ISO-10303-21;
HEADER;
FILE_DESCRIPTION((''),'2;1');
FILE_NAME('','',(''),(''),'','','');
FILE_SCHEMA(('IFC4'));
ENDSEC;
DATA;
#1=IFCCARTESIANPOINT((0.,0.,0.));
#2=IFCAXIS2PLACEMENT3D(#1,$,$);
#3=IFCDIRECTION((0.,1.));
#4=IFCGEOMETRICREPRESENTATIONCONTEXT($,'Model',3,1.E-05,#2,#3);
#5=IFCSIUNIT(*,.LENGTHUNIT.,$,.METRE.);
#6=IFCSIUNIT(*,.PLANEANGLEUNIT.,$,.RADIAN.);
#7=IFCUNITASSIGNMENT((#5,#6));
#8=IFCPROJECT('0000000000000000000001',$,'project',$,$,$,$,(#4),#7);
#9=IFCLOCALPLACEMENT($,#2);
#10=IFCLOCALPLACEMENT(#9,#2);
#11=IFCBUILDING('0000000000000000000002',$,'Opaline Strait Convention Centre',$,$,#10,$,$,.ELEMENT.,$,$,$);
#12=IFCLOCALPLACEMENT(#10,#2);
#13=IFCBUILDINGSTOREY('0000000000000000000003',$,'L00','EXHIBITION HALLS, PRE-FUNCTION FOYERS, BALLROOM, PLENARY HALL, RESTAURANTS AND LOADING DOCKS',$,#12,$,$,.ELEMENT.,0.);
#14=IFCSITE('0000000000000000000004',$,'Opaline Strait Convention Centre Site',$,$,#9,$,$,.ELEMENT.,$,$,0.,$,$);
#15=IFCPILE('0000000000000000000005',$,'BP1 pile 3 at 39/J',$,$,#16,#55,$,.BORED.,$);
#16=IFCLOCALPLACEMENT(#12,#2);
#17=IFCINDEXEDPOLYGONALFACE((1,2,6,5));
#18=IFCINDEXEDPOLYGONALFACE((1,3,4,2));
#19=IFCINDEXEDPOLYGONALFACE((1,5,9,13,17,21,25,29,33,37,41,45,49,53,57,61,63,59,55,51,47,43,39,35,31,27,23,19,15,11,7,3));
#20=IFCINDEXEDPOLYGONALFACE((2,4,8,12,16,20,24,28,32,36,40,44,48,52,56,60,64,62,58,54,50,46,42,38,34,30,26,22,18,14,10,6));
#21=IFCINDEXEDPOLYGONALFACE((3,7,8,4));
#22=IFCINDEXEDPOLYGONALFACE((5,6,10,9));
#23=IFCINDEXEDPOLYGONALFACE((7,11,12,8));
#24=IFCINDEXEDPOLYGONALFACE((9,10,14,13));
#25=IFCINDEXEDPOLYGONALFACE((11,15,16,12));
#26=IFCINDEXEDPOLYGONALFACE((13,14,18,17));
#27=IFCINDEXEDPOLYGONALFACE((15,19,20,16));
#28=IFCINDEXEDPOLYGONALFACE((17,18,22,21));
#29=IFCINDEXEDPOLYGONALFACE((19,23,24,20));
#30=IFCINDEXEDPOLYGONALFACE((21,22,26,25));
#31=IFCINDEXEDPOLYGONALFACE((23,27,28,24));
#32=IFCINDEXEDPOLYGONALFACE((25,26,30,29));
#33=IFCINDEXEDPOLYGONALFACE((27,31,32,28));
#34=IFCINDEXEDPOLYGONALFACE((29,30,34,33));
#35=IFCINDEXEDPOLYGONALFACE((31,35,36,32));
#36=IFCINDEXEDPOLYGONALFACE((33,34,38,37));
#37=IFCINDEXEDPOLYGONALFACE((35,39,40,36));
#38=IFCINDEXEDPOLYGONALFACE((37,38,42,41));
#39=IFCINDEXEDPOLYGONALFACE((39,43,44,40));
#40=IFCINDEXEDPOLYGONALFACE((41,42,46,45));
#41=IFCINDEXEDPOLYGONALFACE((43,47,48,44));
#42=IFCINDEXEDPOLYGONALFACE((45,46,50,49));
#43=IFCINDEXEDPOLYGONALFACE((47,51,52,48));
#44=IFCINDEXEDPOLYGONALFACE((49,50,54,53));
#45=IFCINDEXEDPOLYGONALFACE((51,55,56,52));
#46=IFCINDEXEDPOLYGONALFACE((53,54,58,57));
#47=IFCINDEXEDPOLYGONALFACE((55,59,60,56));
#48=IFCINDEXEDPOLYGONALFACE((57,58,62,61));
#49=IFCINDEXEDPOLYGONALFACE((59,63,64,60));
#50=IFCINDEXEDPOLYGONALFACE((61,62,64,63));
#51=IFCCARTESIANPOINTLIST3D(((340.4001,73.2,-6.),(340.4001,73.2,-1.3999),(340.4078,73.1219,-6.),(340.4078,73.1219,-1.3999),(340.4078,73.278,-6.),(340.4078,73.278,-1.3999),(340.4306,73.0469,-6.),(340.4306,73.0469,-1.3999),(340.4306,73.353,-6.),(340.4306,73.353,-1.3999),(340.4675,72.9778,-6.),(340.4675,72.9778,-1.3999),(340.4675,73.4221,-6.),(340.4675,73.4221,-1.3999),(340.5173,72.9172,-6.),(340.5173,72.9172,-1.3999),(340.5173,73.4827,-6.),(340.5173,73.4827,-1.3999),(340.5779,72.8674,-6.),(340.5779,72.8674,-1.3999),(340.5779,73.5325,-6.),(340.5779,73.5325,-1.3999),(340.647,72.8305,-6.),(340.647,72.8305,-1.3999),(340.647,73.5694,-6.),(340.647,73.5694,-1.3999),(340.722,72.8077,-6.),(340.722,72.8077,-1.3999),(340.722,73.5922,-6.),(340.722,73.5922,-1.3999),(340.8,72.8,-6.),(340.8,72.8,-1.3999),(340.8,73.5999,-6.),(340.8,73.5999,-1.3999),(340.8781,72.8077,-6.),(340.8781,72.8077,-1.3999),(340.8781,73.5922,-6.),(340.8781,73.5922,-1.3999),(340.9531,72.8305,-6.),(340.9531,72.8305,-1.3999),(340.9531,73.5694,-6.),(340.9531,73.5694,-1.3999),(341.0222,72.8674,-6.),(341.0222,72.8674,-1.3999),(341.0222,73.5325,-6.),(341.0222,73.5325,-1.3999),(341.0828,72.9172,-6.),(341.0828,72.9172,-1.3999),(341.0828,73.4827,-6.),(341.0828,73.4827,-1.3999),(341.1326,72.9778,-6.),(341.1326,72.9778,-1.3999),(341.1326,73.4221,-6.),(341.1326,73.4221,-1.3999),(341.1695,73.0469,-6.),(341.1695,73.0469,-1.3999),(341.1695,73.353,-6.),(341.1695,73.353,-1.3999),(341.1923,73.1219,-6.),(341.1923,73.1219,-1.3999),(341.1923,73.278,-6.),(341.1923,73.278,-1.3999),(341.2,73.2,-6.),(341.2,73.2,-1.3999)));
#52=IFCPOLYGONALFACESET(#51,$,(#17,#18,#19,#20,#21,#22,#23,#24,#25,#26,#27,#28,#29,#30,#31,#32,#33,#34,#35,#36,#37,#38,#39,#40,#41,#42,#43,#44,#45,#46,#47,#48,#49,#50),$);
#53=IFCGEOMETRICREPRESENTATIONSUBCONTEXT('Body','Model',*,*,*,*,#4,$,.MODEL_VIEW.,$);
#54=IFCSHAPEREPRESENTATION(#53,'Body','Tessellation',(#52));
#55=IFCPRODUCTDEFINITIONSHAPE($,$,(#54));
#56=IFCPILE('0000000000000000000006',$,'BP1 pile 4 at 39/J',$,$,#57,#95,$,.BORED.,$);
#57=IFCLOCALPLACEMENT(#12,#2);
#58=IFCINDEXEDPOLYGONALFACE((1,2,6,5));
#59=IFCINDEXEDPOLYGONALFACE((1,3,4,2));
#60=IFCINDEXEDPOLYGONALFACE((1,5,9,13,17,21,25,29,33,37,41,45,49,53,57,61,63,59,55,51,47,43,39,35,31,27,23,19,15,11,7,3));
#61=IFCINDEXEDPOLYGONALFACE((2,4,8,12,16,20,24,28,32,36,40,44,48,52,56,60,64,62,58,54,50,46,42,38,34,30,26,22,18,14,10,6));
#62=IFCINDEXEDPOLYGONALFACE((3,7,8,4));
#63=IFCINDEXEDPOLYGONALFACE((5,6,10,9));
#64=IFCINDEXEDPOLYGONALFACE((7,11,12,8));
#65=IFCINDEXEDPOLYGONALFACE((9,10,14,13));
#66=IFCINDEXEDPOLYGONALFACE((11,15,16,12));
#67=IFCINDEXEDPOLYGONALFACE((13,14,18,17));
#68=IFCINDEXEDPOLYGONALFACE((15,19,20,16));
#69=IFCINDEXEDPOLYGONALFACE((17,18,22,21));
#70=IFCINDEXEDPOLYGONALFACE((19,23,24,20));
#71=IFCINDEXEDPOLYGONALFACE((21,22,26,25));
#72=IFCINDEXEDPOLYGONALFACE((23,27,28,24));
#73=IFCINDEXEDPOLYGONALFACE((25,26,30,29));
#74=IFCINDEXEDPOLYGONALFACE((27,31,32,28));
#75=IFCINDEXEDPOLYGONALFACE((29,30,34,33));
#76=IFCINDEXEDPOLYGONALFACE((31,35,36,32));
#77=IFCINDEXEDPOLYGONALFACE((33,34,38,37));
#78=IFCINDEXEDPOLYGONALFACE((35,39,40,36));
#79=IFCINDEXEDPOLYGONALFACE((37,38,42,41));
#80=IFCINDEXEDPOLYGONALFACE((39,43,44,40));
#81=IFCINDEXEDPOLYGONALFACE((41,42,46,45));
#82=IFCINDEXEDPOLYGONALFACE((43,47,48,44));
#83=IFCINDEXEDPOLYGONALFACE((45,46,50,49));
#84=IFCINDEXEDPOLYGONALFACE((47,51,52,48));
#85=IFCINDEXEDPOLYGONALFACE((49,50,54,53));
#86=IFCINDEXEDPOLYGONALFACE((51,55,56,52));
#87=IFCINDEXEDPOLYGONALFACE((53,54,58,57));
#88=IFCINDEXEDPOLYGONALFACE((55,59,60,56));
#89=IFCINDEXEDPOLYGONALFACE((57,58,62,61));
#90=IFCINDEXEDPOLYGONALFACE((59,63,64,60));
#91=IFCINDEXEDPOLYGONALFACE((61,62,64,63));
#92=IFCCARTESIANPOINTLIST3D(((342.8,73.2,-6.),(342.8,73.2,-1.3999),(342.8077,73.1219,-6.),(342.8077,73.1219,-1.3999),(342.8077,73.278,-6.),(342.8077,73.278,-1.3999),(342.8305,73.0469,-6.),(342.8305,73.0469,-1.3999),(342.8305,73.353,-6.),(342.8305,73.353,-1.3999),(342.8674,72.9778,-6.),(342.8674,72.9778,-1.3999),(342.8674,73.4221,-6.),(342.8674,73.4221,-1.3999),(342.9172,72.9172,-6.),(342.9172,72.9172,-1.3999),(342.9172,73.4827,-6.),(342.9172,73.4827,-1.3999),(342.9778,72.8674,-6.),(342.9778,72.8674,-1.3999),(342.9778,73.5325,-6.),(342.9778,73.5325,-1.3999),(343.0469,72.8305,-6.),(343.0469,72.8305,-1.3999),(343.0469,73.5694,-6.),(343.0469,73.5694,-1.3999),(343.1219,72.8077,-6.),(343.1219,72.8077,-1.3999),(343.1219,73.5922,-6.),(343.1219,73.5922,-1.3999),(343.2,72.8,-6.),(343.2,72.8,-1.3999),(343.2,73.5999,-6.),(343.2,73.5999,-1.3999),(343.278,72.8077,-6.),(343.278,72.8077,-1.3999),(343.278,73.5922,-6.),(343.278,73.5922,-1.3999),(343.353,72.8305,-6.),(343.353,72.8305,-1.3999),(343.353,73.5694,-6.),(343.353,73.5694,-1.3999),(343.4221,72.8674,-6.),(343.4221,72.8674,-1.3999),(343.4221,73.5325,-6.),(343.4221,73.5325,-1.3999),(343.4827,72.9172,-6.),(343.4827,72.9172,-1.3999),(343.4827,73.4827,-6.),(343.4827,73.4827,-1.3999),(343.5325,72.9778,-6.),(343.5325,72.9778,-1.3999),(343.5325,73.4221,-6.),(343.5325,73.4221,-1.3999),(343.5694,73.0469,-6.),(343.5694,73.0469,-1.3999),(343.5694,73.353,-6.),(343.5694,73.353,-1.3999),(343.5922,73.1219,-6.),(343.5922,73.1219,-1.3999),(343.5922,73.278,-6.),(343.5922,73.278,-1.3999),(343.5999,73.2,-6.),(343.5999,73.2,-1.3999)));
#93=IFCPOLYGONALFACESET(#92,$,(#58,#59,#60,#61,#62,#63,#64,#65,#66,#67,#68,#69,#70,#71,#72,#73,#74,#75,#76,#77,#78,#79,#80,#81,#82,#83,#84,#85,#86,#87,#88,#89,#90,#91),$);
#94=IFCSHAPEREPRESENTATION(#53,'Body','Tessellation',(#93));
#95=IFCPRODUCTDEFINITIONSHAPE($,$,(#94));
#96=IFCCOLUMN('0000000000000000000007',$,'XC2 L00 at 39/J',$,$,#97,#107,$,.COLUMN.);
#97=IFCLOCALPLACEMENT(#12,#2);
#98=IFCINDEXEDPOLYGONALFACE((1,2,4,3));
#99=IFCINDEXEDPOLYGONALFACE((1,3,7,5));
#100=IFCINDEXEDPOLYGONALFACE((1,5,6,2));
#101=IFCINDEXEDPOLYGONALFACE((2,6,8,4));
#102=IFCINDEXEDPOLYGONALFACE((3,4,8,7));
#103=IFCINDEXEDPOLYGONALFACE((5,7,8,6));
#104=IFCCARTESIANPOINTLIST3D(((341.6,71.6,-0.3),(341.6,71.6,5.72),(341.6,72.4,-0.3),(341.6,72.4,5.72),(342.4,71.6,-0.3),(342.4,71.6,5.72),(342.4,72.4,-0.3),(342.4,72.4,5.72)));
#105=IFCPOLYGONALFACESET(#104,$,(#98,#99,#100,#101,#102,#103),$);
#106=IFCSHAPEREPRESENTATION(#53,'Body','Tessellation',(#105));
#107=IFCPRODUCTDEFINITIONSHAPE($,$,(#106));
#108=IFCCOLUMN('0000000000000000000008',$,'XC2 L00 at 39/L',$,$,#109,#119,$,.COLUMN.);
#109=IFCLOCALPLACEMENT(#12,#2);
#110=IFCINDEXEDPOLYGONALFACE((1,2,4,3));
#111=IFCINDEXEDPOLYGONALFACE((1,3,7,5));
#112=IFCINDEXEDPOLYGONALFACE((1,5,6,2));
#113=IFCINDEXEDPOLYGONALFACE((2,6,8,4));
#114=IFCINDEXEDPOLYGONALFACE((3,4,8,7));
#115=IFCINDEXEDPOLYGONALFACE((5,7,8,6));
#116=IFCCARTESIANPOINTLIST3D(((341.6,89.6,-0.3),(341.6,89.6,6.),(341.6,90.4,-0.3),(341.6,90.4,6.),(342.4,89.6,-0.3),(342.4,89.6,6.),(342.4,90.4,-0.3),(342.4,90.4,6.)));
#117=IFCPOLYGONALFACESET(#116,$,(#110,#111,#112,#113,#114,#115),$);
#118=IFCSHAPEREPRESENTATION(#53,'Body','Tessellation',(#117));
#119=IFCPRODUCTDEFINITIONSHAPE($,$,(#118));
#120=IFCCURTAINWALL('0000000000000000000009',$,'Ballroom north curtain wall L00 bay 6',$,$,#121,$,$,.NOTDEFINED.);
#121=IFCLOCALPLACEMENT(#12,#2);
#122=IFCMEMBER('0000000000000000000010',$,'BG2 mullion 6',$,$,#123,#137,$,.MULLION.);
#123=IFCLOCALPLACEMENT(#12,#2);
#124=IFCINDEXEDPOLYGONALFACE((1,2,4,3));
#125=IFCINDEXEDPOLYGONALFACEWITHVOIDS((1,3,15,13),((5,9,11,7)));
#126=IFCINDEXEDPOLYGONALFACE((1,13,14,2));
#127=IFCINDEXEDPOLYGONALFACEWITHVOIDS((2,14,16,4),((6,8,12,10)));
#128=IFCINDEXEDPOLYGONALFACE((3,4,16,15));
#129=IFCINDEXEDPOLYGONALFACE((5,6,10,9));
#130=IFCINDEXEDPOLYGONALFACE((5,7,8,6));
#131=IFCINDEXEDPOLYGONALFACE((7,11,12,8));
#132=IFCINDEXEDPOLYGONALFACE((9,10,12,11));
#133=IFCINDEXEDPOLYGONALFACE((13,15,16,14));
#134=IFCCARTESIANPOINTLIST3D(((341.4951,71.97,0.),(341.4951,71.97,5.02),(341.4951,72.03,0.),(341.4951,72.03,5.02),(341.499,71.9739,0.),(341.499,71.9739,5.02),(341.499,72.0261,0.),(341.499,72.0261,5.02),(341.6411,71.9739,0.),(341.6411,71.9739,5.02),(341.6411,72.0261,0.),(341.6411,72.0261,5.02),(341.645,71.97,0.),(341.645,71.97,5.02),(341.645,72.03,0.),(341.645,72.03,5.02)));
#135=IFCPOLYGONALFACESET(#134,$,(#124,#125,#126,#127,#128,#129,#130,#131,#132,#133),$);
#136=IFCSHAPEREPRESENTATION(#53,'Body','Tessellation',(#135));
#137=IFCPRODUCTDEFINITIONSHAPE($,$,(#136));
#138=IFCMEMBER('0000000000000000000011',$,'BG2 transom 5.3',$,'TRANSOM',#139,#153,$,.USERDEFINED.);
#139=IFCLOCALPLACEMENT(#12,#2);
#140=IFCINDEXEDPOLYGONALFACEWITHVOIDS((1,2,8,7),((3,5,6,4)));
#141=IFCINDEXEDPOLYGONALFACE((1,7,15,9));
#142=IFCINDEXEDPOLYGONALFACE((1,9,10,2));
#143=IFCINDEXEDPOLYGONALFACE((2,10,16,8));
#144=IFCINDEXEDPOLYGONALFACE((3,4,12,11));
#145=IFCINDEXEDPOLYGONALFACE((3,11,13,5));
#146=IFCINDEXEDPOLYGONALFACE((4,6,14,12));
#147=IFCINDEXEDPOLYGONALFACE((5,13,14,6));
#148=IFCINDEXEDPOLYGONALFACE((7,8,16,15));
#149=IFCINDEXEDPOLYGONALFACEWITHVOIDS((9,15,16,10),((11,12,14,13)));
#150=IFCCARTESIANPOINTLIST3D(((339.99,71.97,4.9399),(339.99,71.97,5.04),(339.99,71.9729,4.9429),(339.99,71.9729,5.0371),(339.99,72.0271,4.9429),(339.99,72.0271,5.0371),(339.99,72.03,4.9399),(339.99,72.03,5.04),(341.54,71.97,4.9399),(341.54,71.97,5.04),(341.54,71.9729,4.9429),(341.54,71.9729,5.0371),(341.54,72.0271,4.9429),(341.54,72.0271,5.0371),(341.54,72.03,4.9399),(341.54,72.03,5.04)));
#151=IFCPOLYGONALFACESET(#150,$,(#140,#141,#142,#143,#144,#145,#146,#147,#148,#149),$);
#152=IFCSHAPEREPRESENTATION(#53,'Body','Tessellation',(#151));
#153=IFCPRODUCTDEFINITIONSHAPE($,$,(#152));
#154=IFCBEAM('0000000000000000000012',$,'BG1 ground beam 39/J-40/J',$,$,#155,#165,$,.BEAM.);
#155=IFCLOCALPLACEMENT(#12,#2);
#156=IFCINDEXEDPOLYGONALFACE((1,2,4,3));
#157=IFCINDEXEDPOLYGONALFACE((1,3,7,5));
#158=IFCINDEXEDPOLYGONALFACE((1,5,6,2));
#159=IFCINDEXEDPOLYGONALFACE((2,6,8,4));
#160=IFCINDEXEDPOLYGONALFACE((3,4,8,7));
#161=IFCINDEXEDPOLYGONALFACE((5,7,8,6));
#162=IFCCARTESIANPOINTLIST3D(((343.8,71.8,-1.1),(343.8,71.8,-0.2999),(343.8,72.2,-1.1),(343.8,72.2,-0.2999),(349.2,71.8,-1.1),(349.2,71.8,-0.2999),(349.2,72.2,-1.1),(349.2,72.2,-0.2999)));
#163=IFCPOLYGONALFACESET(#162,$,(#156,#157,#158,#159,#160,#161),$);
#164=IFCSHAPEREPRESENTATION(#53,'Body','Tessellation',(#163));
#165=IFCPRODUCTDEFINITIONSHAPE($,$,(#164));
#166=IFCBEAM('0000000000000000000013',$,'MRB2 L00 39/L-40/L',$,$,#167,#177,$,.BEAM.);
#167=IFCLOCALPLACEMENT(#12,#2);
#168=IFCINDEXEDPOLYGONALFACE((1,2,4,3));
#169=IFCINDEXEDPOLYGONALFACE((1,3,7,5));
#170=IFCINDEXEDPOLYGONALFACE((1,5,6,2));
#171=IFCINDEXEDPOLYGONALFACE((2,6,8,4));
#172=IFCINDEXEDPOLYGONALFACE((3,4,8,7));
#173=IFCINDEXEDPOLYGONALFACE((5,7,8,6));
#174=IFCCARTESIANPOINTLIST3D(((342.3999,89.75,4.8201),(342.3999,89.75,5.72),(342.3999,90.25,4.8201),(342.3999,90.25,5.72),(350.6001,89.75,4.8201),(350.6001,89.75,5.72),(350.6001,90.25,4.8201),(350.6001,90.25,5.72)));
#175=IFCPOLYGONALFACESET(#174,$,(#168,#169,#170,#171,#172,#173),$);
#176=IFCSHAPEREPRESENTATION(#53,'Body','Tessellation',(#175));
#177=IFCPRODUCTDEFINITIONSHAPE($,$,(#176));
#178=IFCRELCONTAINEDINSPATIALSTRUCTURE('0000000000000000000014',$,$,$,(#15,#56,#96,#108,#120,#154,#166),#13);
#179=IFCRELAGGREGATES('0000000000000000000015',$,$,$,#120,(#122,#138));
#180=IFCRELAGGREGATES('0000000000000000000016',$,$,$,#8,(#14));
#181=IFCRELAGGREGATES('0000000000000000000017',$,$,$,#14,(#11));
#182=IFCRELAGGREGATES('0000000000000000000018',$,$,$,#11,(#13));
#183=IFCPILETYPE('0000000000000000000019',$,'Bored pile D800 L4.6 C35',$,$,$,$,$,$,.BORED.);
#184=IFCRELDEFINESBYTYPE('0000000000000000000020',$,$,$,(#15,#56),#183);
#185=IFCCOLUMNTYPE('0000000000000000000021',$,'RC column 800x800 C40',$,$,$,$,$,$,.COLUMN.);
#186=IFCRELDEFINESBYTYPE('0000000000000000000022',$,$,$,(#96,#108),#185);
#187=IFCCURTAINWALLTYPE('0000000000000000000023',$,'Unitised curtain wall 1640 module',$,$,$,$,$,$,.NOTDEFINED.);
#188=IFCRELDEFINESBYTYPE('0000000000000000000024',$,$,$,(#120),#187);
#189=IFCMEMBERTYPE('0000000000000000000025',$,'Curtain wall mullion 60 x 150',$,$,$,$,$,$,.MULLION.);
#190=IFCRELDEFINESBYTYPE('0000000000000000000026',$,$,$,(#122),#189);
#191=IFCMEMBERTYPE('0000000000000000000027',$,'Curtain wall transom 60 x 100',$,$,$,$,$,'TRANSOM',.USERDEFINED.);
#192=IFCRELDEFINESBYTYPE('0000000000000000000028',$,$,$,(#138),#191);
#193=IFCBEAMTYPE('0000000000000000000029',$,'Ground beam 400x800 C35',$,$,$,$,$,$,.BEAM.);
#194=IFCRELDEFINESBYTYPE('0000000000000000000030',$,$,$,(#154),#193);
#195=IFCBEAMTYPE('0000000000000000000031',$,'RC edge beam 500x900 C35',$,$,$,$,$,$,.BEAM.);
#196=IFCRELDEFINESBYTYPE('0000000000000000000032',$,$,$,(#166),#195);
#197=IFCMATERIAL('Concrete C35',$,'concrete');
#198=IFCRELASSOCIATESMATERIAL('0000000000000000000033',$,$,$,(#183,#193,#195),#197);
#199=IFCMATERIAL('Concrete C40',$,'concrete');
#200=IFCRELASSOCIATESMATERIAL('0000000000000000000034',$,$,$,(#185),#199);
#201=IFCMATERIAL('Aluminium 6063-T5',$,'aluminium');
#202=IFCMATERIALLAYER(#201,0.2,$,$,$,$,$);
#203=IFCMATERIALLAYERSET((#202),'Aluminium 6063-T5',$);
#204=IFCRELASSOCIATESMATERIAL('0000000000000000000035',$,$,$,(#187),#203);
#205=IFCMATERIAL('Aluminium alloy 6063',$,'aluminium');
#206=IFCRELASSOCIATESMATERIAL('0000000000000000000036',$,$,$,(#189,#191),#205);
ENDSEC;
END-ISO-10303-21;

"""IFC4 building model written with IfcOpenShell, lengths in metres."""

from ifc_helpers import new_model, si_unit, direction, frame, origin, origin_2d, place, context, subcontext, project, spatial, rectangle, hollow_rectangle, circle, extrude, material, layer, layer_set, material_profile, profile_set, type_object, element, aggregate, save


model = new_model("IFC4")

# Units and contexts
model_context = context("Model", 3, precision=1e-05, world=origin(), true_north=direction((0.0, 1.0)))
body_context = subcontext(model_context, "Body", "Model", "MODEL_VIEW")
ifc_project = project(units=[si_unit("LENGTHUNIT", "METRE"), si_unit("PLANEANGLEUNIT", "RADIAN")], contexts=[model_context])

# Site, building, storey
site_placement = place(None, origin())
site = spatial("IfcSite", under=ifc_project, at=site_placement, Name="Opaline Strait Convention Centre Site", CompositionType="ELEMENT", RefElevation=0.0)
building_placement = place(site_placement, origin())
building = spatial("IfcBuilding", under=site, at=building_placement, Name="Opaline Strait Convention Centre", CompositionType="ELEMENT")
storey_placement = place(building_placement, origin())
storey = spatial("IfcBuildingStorey", under=building, at=storey_placement, Name="L00", Description="EXHIBITION HALLS, PRE-FUNCTION FOYERS, BALLROOM, PLENARY HALL, RESTAURANTS AND LOADING DOCKS", CompositionType="ELEMENT", Elevation=0.0)

# Piles
ifc_material_1 = material(Name="Concrete C35", Category="concrete")
ifc_material_profile_1 = material_profile(ifc_material_1, circle(Radius=0.3999, at=origin_2d()), Name="D800")
ifc_profile_set_1 = profile_set([ifc_material_profile_1], Name="Concrete C35")
pile_type_1 = type_object("IfcPileType", Name="Bored pile D800 L4.6 C35", PredefinedType="BORED", material=ifc_profile_set_1)
for number, where, z_axis, x_axis, name in (
    (1, (340.8, 73.2, -1.3999), (0.0, 0.0, -1.0), (1.0, 0.0, 0.0), "BP1 pile 3 at 39/J"),
    (2, (343.2, 73.2, -1.3999), (0.0, 0.0, -1.0), (1.0, 0.0, 0.0), "BP1 pile 4 at 39/J"),
):
    element("IfcPile", number, at=place(storey_placement, frame(where, z_axis=z_axis, x_axis=x_axis)), inside=storey, type_object=pile_type_1, Name=name, PredefinedType="BORED", context=body_context, shape_type="SweptSolid", body=[
        extrude(circle(Radius=0.3999, at=origin_2d()), origin(), (0.0, 0.0, 1.0), 4.6001),
    ])

# Columns
ifc_material_2 = material(Name="Concrete C40", Category="concrete")
ifc_material_profile_2 = material_profile(ifc_material_2, rectangle(XDim=0.8, YDim=0.8, at=origin_2d()), Name="RC 800x800")
ifc_profile_set_2 = profile_set([ifc_material_profile_2], Name="Concrete C40")
column_type = type_object("IfcColumnType", Name="RC column 800x800 C40", PredefinedType="COLUMN", material=ifc_profile_set_2)
column_1_placement = place(storey_placement, frame((342.0, 72.0, -0.3), z_axis=(0.0, 0.0, 1.0), x_axis=(1.0, 0.0, 0.0)))
element("IfcColumn", 3, at=column_1_placement, inside=storey, type_object=column_type, Name="XC2 L00 at 39/J", PredefinedType="COLUMN", context=body_context, shape_type="SweptSolid", body=[
    extrude(rectangle(XDim=0.8, YDim=0.8, at=origin_2d()), origin(), (0.0, 0.0, 1.0), 6.02),
])
column_2_placement = place(storey_placement, frame((342.0, 90.0, -0.3), z_axis=(0.0, 0.0, 1.0), x_axis=(1.0, 0.0, 0.0)))
element("IfcColumn", 4, at=column_2_placement, inside=storey, type_object=column_type, Name="XC2 L00 at 39/L", PredefinedType="COLUMN", context=body_context, shape_type="SweptSolid", body=[
    extrude(rectangle(XDim=0.8, YDim=0.8, at=origin_2d()), origin(), (0.0, 0.0, 1.0), 6.3),
])

# Curtain wall, members
ifc_material_3 = material(Name="Aluminium 6063-T5", Category="aluminium")
ifc_layer_1 = layer(ifc_material_3, 0.2)
ifc_layer_set_1 = layer_set([ifc_layer_1], Name="Aluminium 6063-T5")
curtain_wall_type = type_object("IfcCurtainWallType", Name="Unitised curtain wall 1640 module", PredefinedType="NOTDEFINED", material=ifc_layer_set_1)
curtain_wall_placement = place(storey_placement, origin())
curtain_wall = element("IfcCurtainWall", 5, at=curtain_wall_placement, inside=storey, type_object=curtain_wall_type, Name="Ballroom north curtain wall L00 bay 6", PredefinedType="NOTDEFINED")
ifc_material_4 = material(Name="Aluminium alloy 6063", Category="aluminium")
ifc_material_profile_3 = material_profile(ifc_material_4, hollow_rectangle(XDim=0.0601, YDim=0.1499, WallThickness=0.0039, at=origin_2d()), Name="MULLION 60x150x4")
ifc_profile_set_3 = profile_set([ifc_material_profile_3], Name="Aluminium alloy 6063")
member_type_1 = type_object("IfcMemberType", Name="Curtain wall mullion 60 x 150", PredefinedType="MULLION", material=ifc_profile_set_3)
member_1_placement = place(storey_placement, frame((341.5701, 72.0, 0.0), z_axis=(0.0, 0.0, 1.0), x_axis=(0.0, 1.0, 0.0)))
member_1 = element("IfcMember", 6, at=member_1_placement, type_object=member_type_1, Name="BG2 mullion 6", PredefinedType="MULLION", context=body_context, shape_type="SweptSolid", body=[
    extrude(hollow_rectangle(XDim=0.0601, YDim=0.1499, WallThickness=0.0039, at=origin_2d()), origin(), (0.0, 0.0, 1.0), 5.02),
])
ifc_material_profile_4 = material_profile(ifc_material_4, hollow_rectangle(XDim=0.0601, YDim=0.1001, WallThickness=0.0029, at=origin_2d()), Name="TRANSOM 60x100x3")
ifc_profile_set_4 = profile_set([ifc_material_profile_4], Name="Aluminium alloy 6063")
member_type_2 = type_object("IfcMemberType", Name="Curtain wall transom 60 x 100", ElementType="TRANSOM", PredefinedType="USERDEFINED", material=ifc_profile_set_4)
member_2_placement = place(storey_placement, frame((339.99, 72.0, 4.99), z_axis=(1.0, 0.0, 0.0), x_axis=(0.0, 1.0, 0.0)))
member_2 = element("IfcMember", 7, at=member_2_placement, type_object=member_type_2, Name="BG2 transom 5.3", ObjectType="TRANSOM", PredefinedType="USERDEFINED", context=body_context, shape_type="SweptSolid", body=[
    extrude(hollow_rectangle(XDim=0.0601, YDim=0.1001, WallThickness=0.0029, at=origin_2d()), origin(), (0.0, 0.0, 1.0), 1.55),
])

# Beams
ifc_material_profile_5 = material_profile(ifc_material_1, rectangle(XDim=0.3999, YDim=0.8, at=origin_2d()), Name="RC 400x800")
ifc_profile_set_5 = profile_set([ifc_material_profile_5], Name="Concrete C35")
beam_type_1 = type_object("IfcBeamType", Name="Ground beam 400x800 C35", PredefinedType="BEAM", material=ifc_profile_set_5)
beam_1_placement = place(storey_placement, frame((343.8, 72.0, -0.7), z_axis=(1.0, 0.0, 0.0), x_axis=(0.0, 1.0, 0.0)))
element("IfcBeam", 8, at=beam_1_placement, inside=storey, type_object=beam_type_1, Name="BG1 ground beam 39/J-40/J", PredefinedType="BEAM", context=body_context, shape_type="SweptSolid", body=[
    extrude(rectangle(XDim=0.3999, YDim=0.8, at=origin_2d()), origin(), (0.0, 0.0, 1.0), 5.3999),
])
ifc_material_profile_6 = material_profile(ifc_material_1, rectangle(XDim=0.5, YDim=0.8999, at=origin_2d()), Name="RC 500x900")
ifc_profile_set_6 = profile_set([ifc_material_profile_6], Name="Concrete C35")
beam_type_2 = type_object("IfcBeamType", Name="RC edge beam 500x900 C35", PredefinedType="BEAM", material=ifc_profile_set_6)
beam_2_placement = place(storey_placement, frame((342.3999, 90.0, 5.27), z_axis=(1.0, 0.0, 0.0), x_axis=(0.0, 1.0, 0.0)))
element("IfcBeam", 9, at=beam_2_placement, inside=storey, type_object=beam_type_2, Name="MRB2 L00 39/L-40/L", PredefinedType="BEAM", context=body_context, shape_type="SweptSolid", body=[
    extrude(rectangle(XDim=0.5, YDim=0.8999, at=origin_2d()), origin(), (0.0, 0.0, 1.0), 8.2002),
])

aggregate(curtain_wall, [member_1, member_2])

save(model, "model.ifc")
